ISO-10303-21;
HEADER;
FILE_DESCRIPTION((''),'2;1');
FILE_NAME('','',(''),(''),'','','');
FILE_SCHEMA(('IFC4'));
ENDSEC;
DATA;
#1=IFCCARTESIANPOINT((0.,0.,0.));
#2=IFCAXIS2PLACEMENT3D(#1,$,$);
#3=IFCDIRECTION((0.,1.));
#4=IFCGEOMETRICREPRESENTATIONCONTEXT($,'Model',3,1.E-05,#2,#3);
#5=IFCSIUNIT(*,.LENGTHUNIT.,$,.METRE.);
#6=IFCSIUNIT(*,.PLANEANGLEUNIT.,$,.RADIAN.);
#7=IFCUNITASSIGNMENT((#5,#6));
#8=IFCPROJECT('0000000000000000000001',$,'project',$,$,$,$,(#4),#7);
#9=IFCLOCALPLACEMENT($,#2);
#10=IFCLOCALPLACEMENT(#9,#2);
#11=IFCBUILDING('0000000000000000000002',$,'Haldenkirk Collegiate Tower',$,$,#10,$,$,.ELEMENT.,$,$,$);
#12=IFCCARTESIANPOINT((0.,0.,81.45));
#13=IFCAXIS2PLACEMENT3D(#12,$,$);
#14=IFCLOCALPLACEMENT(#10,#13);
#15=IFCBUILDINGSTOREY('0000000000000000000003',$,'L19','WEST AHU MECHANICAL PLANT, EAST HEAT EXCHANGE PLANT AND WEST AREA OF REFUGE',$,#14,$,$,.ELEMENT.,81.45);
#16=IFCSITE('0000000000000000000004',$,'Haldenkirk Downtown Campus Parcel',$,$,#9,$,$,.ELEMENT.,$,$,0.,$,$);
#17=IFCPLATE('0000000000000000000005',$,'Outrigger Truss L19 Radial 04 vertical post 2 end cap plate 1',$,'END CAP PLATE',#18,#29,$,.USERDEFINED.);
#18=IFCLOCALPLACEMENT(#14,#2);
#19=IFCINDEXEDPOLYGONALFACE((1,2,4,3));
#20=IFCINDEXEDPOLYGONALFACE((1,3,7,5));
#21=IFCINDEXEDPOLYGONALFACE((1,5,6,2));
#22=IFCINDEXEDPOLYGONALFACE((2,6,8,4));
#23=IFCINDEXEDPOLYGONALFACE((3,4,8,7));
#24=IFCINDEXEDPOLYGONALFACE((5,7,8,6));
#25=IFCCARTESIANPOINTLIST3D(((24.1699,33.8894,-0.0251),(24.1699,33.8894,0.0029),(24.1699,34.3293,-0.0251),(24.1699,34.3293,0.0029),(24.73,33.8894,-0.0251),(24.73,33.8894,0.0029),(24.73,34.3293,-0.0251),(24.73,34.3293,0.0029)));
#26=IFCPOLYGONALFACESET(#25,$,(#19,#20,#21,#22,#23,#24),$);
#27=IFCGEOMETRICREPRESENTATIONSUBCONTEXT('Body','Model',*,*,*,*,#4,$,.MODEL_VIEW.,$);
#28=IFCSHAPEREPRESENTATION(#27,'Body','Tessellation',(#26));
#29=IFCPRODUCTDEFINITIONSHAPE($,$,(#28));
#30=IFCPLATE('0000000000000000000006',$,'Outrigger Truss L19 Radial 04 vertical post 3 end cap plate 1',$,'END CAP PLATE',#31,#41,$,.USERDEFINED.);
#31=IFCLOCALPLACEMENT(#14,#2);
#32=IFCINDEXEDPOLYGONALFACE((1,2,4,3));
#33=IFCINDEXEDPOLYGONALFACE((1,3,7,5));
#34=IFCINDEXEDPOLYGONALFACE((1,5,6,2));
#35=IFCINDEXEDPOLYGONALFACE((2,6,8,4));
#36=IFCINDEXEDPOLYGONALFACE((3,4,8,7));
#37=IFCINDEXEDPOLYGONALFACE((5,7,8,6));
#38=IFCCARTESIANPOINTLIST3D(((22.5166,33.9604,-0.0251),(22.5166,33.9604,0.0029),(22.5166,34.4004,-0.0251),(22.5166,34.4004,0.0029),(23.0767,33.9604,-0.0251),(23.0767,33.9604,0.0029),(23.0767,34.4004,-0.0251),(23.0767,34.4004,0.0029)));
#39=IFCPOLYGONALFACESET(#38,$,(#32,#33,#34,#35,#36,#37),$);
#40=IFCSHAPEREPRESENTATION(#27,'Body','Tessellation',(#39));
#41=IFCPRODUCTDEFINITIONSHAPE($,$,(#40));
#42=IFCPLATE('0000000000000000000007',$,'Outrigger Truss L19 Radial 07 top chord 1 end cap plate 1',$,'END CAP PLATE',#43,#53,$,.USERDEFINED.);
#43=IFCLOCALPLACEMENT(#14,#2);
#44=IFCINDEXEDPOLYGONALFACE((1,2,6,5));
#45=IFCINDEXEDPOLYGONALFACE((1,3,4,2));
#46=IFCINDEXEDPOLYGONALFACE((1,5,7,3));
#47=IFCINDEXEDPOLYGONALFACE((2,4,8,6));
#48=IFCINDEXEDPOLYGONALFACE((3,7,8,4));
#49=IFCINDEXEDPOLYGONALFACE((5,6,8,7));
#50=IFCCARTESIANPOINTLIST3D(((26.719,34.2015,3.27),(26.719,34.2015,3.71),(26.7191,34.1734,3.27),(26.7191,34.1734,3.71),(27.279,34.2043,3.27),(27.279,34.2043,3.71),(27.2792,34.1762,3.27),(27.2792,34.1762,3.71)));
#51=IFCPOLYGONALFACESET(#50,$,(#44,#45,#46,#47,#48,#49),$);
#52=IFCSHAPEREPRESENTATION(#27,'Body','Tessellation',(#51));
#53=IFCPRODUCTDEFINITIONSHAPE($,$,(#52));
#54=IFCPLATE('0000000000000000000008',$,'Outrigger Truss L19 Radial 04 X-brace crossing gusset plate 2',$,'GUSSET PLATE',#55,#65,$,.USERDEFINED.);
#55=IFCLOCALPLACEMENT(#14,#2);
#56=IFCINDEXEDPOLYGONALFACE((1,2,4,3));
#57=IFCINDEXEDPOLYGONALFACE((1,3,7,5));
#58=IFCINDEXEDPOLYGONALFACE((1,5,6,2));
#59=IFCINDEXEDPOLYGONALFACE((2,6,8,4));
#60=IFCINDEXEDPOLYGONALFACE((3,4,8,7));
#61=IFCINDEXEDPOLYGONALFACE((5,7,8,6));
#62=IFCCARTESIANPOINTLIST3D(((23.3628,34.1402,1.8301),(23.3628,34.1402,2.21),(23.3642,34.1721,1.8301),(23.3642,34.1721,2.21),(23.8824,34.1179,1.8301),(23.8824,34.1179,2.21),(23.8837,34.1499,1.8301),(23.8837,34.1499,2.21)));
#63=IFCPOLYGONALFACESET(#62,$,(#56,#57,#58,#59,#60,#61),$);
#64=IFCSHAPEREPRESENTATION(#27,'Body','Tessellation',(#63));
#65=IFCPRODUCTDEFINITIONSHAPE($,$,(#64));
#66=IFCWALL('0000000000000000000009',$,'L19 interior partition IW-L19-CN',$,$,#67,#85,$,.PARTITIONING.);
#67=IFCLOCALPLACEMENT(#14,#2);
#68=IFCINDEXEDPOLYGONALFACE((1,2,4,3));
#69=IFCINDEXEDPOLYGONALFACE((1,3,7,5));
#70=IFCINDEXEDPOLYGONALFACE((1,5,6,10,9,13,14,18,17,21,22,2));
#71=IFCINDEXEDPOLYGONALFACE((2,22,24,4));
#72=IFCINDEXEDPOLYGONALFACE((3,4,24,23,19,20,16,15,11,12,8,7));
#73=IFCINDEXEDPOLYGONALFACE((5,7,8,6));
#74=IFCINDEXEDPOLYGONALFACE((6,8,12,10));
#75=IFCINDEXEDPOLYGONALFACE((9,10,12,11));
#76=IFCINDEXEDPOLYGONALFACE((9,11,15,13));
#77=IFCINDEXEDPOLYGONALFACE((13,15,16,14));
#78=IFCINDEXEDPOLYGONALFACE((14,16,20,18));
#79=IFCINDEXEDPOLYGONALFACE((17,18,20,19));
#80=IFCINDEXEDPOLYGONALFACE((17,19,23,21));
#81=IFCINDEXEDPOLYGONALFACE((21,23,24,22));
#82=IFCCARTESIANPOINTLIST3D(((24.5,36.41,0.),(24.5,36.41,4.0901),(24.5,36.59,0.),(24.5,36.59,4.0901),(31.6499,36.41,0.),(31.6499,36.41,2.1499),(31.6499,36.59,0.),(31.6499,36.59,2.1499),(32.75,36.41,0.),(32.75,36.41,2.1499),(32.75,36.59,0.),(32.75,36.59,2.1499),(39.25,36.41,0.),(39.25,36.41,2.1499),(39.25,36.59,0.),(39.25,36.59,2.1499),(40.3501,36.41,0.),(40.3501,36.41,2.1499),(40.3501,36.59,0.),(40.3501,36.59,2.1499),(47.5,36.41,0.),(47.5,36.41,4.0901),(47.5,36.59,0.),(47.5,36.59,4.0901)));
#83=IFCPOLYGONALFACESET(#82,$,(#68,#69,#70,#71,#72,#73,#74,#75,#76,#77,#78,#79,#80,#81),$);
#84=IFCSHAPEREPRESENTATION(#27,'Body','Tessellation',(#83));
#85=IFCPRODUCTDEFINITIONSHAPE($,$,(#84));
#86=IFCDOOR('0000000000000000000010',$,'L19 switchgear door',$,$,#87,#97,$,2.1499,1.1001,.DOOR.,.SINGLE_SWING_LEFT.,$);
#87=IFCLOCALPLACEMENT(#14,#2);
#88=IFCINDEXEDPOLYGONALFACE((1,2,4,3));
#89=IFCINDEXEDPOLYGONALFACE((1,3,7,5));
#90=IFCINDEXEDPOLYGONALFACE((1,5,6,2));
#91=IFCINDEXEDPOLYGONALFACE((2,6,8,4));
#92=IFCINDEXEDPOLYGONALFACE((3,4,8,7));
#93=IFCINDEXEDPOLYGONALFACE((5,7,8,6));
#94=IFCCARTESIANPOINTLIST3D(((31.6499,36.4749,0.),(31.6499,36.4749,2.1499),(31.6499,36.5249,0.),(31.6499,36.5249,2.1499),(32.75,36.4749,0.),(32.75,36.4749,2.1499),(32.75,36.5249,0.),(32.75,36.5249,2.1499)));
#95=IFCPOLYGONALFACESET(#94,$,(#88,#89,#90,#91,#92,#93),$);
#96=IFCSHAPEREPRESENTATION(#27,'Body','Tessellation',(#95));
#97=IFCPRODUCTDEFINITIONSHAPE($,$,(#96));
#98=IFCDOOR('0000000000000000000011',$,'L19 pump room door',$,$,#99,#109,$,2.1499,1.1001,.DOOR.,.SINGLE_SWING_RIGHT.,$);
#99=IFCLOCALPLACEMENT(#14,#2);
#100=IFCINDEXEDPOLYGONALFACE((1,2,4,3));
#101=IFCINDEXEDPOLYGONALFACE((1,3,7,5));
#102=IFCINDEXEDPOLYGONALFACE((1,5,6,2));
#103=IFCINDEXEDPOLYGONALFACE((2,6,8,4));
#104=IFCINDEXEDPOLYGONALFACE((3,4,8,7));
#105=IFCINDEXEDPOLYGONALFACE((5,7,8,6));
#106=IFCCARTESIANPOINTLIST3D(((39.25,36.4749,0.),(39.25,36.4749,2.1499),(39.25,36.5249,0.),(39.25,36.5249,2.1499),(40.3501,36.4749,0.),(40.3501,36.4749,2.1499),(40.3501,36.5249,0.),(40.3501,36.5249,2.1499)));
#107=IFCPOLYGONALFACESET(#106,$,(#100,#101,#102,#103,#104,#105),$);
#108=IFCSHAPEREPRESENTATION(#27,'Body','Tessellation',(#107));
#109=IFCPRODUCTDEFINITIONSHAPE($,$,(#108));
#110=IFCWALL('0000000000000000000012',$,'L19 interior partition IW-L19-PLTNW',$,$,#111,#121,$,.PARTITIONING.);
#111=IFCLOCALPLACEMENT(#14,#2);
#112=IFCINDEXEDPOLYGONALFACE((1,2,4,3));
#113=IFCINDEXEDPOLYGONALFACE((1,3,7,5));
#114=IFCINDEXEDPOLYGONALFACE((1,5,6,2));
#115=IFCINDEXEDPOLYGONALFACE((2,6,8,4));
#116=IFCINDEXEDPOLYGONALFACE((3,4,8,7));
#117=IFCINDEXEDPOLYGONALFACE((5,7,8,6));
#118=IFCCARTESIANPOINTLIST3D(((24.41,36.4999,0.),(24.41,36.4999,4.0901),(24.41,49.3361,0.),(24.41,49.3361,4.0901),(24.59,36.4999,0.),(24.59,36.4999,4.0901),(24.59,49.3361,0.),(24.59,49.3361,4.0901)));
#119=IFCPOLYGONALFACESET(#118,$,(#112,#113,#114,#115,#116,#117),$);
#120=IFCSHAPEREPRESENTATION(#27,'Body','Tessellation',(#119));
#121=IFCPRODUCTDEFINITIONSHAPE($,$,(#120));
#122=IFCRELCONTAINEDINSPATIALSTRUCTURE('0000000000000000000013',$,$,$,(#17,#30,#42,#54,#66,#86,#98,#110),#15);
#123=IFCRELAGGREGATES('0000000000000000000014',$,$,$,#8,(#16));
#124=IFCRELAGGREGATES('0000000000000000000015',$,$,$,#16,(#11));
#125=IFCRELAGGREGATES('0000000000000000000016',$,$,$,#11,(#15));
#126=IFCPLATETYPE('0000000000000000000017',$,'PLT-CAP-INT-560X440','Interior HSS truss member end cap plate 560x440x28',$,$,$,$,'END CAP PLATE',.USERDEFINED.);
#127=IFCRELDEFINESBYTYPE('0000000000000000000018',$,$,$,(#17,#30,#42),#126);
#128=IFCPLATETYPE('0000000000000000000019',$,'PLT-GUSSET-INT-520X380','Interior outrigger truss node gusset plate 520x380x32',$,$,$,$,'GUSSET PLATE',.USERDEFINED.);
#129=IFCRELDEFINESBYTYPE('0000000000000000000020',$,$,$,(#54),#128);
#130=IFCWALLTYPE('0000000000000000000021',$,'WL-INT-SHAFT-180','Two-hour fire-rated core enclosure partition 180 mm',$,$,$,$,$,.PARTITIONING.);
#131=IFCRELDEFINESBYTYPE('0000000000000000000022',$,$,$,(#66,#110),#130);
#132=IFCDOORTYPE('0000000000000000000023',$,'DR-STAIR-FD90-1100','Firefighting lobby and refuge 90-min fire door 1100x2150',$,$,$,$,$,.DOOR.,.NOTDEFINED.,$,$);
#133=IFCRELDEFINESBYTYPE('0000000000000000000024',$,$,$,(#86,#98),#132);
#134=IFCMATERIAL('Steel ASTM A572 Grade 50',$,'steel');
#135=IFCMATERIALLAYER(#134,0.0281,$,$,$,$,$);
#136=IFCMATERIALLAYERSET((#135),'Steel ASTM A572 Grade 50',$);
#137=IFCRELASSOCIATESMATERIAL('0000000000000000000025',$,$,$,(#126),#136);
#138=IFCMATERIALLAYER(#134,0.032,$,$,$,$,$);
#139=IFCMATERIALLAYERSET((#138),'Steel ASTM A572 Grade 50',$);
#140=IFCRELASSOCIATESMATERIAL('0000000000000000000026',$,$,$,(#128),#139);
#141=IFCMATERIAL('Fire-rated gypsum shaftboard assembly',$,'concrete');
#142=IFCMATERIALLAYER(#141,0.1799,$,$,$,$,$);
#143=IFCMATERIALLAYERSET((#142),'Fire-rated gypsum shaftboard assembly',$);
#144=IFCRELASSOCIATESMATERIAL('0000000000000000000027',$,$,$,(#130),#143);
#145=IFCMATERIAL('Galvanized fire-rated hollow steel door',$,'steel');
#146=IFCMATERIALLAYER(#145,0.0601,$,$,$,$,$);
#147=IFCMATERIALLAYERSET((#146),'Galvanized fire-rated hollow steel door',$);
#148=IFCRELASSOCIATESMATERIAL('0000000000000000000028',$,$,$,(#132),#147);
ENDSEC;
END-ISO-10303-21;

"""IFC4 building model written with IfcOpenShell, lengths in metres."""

from ifc_helpers import new_model, si_unit, direction, frame, frame_2d, origin, origin_2d, place, context, subcontext, project, spatial, rectangle, extrude, source, transform, mapped, material, layer, layer_set, type_object, element, fill, save


model = new_model("IFC4")

# Units and contexts
model_context = context("Model", 3, precision=1e-05, world=origin(), true_north=direction((0.0, 1.0)))
body_context = subcontext(model_context, "Body", "Model", "MODEL_VIEW")
ifc_project = project(units=[si_unit("LENGTHUNIT", "METRE"), si_unit("PLANEANGLEUNIT", "RADIAN")], contexts=[model_context])

# Site, building, storey
site_placement = place(None, origin())
site = spatial("IfcSite", under=ifc_project, at=site_placement, Name="Haldenkirk Downtown Campus Parcel", CompositionType="ELEMENT", RefElevation=0.0)
building_placement = place(site_placement, origin())
building = spatial("IfcBuilding", under=site, at=building_placement, Name="Haldenkirk Collegiate Tower", CompositionType="ELEMENT")
storey_placement = place(building_placement, frame((0.0, 0.0, 81.45)))
storey = spatial("IfcBuildingStorey", under=building, at=storey_placement, Name="L19", Description="WEST AHU MECHANICAL PLANT, EAST HEAT EXCHANGE PLANT AND WEST AREA OF REFUGE", CompositionType="ELEMENT", Elevation=81.45)

# Shared definitions
ifc_material_1 = material(Name="Steel ASTM A572 Grade 50", Category="steel")

# Plates
ifc_layer_1 = layer(ifc_material_1, 0.0281)
ifc_layer_set_1 = layer_set([ifc_layer_1], Name="Steel ASTM A572 Grade 50")
plate_type_1 = type_object("IfcPlateType", Name="PLT-CAP-INT-560X440", Description="Interior HSS truss member end cap plate 560x440x28", ElementType="END CAP PLATE", PredefinedType="USERDEFINED", material=ifc_layer_set_1)
shared_shape_1 = source(origin(), body_context, "Body", "SweptSolid", [
    extrude(rectangle(XDim=0.5601, YDim=0.4399, at=origin_2d()), origin(), (0.0, 0.0, 1.0), 0.0281),
])
for number, where, z_axis, x_axis, name in (
    (1, (24.45, 34.1094, 0.0029), (0.0, 0.0, -1.0), (1.0, 0.0, 0.0), "Outrigger Truss L19 Radial 04 vertical post 2 end cap plate 1"),
    (2, (22.7966, 34.1804, 0.0029), (0.0, 0.0, -1.0), (1.0, 0.0, 0.0), "Outrigger Truss L19 Radial 04 vertical post 3 end cap plate 1"),
    (3, (26.999, 34.2029, 3.49), (0.005106, -0.999987, 0.0), (0.999987, 0.005106, 0.0), "Outrigger Truss L19 Radial 07 top chord 1 end cap plate 1"),
):
    element("IfcPlate", number, at=place(storey_placement, frame(where, z_axis=z_axis, x_axis=x_axis)), inside=storey, type_object=plate_type_1, Name=name, ObjectType="END CAP PLATE", PredefinedType="USERDEFINED", context=body_context, shape_type="MappedRepresentation", body=[
        mapped(shared_shape_1, transform((0.0, 0.0, 0.0), x_axis=(1.0, 0.0, 0.0), y_axis=(0.0, 1.0, 0.0), z_axis=(0.0, 0.0, 1.0), scale=1.0)),
    ])
ifc_layer_2 = layer(ifc_material_1, 0.032)
ifc_layer_set_2 = layer_set([ifc_layer_2], Name="Steel ASTM A572 Grade 50")
plate_type_2 = type_object("IfcPlateType", Name="PLT-GUSSET-INT-520X380", Description="Interior outrigger truss node gusset plate 520x380x32", ElementType="GUSSET PLATE", PredefinedType="USERDEFINED", material=ifc_layer_set_2)
shared_shape_2 = source(origin(), body_context, "Body", "SweptSolid", [
    extrude(rectangle(XDim=0.52, YDim=0.032, at=origin_2d()), origin(), (0.0, 0.0, 1.0), 0.3799),
])
plate_placement = place(storey_placement, frame((23.6233, 34.145, 1.8301), z_axis=(0.0, 0.0, 1.0), x_axis=(-0.999082, 0.042834, 0.0)))
element("IfcPlate", 4, at=plate_placement, inside=storey, type_object=plate_type_2, Name="Outrigger Truss L19 Radial 04 X-brace crossing gusset plate 2", ObjectType="GUSSET PLATE", PredefinedType="USERDEFINED", context=body_context, shape_type="MappedRepresentation", body=[
    mapped(shared_shape_2, transform((0.0, 0.0, 0.0), x_axis=(1.0, 0.0, 0.0), y_axis=(0.0, 1.0, 0.0), z_axis=(0.0, 0.0, 1.0), scale=1.0)),
])

# Wall, openings, doors
ifc_material_2 = material(Name="Fire-rated gypsum shaftboard assembly", Category="concrete")
ifc_layer_3 = layer(ifc_material_2, 0.1799)
ifc_layer_set_3 = layer_set([ifc_layer_3], Name="Fire-rated gypsum shaftboard assembly")
wall_type = type_object("IfcWallType", Name="WL-INT-SHAFT-180", Description="Two-hour fire-rated core enclosure partition 180 mm", PredefinedType="PARTITIONING", material=ifc_layer_set_3)
wall_1_placement = place(storey_placement, frame((24.5, 36.5, 0.0), z_axis=(0.0, 0.0, 1.0), x_axis=(1.0, 0.0, 0.0)))
wall_1 = element("IfcWall", 5, at=wall_1_placement, inside=storey, type_object=wall_type, Name="L19 interior partition IW-L19-CN", PredefinedType="PARTITIONING", context=body_context, shape_type="SweptSolid", body=[
    extrude(rectangle(XDim=23.0, YDim=0.1799, at=frame_2d((11.5, 0.0))), origin(), (0.0, 0.0, 1.0), 4.0901),
])
opening_1_placement = place(wall_1_placement, frame((7.1499, 0.0, 0.0)))
opening_1 = element("IfcOpeningElement", 6, at=opening_1_placement, cuts=wall_1, PredefinedType="OPENING", context=body_context, shape_type="SweptSolid", body=[
    extrude(rectangle(XDim=1.1001, YDim=2.1499, at=frame_2d((0.55, 1.075))), frame((0.0, 0.0999, 0.0), z_axis=(0.0, -1.0, 0.0), x_axis=(1.0, 0.0, 0.0)), (0.0, 0.0, 1.0), 0.2),
])
opening_2_placement = place(wall_1_placement, frame((14.75, 0.0, 0.0)))
opening_2 = element("IfcOpeningElement", 7, at=opening_2_placement, cuts=wall_1, PredefinedType="OPENING", context=body_context, shape_type="SweptSolid", body=[
    extrude(rectangle(XDim=1.1001, YDim=2.1499, at=frame_2d((0.55, 1.075))), frame((0.0, 0.0999, 0.0), z_axis=(0.0, -1.0, 0.0), x_axis=(1.0, 0.0, 0.0)), (0.0, 0.0, 1.0), 0.2),
])
ifc_material_3 = material(Name="Galvanized fire-rated hollow steel door", Category="steel")
ifc_layer_4 = layer(ifc_material_3, 0.0601)
ifc_layer_set_4 = layer_set([ifc_layer_4], Name="Galvanized fire-rated hollow steel door")
door_type = type_object("IfcDoorType", Name="DR-STAIR-FD90-1100", Description="Firefighting lobby and refuge 90-min fire door 1100x2150", OperationType="NOTDEFINED", PredefinedType="DOOR", material=ifc_layer_set_4)
door_1_placement = place(opening_1_placement, origin())
door_1 = element("IfcDoor", 8, at=door_1_placement, inside=storey, type_object=door_type, Name="L19 switchgear door", OperationType="SINGLE_SWING_LEFT", OverallHeight=2.1499, OverallWidth=1.1001, PredefinedType="DOOR", context=body_context, shape_type="SweptSolid", body=[
    extrude(rectangle(XDim=1.1001, YDim=2.1499, at=frame_2d((0.55, 1.075))), frame((0.0, 0.0249, 0.0), z_axis=(0.0, -1.0, 0.0), x_axis=(1.0, 0.0, 0.0)), (0.0, 0.0, 1.0), 0.05),
])
fill(opening_1, door_1)
door_2_placement = place(opening_2_placement, origin())
door_2 = element("IfcDoor", 9, at=door_2_placement, inside=storey, type_object=door_type, Name="L19 pump room door", OperationType="SINGLE_SWING_RIGHT", OverallHeight=2.1499, OverallWidth=1.1001, PredefinedType="DOOR", context=body_context, shape_type="SweptSolid", body=[
    extrude(rectangle(XDim=1.1001, YDim=2.1499, at=frame_2d((0.55, 1.075))), frame((0.0, 0.0249, 0.0), z_axis=(0.0, -1.0, 0.0), x_axis=(1.0, 0.0, 0.0)), (0.0, 0.0, 1.0), 0.05),
])
fill(opening_2, door_2)

# Wall
wall_2_placement = place(storey_placement, frame((24.5, 36.5, 0.0), z_axis=(0.0, 0.0, 1.0), x_axis=(0.0, 1.0, 0.0)))
element("IfcWall", 10, at=wall_2_placement, inside=storey, type_object=wall_type, Name="L19 interior partition IW-L19-PLTNW", PredefinedType="PARTITIONING", context=body_context, shape_type="SweptSolid", body=[
    extrude(rectangle(XDim=12.8362, YDim=0.1799, at=frame_2d((6.418, 0.0))), origin(), (0.0, 0.0, 1.0), 4.0901),
])

save(model, "model.ifc")
